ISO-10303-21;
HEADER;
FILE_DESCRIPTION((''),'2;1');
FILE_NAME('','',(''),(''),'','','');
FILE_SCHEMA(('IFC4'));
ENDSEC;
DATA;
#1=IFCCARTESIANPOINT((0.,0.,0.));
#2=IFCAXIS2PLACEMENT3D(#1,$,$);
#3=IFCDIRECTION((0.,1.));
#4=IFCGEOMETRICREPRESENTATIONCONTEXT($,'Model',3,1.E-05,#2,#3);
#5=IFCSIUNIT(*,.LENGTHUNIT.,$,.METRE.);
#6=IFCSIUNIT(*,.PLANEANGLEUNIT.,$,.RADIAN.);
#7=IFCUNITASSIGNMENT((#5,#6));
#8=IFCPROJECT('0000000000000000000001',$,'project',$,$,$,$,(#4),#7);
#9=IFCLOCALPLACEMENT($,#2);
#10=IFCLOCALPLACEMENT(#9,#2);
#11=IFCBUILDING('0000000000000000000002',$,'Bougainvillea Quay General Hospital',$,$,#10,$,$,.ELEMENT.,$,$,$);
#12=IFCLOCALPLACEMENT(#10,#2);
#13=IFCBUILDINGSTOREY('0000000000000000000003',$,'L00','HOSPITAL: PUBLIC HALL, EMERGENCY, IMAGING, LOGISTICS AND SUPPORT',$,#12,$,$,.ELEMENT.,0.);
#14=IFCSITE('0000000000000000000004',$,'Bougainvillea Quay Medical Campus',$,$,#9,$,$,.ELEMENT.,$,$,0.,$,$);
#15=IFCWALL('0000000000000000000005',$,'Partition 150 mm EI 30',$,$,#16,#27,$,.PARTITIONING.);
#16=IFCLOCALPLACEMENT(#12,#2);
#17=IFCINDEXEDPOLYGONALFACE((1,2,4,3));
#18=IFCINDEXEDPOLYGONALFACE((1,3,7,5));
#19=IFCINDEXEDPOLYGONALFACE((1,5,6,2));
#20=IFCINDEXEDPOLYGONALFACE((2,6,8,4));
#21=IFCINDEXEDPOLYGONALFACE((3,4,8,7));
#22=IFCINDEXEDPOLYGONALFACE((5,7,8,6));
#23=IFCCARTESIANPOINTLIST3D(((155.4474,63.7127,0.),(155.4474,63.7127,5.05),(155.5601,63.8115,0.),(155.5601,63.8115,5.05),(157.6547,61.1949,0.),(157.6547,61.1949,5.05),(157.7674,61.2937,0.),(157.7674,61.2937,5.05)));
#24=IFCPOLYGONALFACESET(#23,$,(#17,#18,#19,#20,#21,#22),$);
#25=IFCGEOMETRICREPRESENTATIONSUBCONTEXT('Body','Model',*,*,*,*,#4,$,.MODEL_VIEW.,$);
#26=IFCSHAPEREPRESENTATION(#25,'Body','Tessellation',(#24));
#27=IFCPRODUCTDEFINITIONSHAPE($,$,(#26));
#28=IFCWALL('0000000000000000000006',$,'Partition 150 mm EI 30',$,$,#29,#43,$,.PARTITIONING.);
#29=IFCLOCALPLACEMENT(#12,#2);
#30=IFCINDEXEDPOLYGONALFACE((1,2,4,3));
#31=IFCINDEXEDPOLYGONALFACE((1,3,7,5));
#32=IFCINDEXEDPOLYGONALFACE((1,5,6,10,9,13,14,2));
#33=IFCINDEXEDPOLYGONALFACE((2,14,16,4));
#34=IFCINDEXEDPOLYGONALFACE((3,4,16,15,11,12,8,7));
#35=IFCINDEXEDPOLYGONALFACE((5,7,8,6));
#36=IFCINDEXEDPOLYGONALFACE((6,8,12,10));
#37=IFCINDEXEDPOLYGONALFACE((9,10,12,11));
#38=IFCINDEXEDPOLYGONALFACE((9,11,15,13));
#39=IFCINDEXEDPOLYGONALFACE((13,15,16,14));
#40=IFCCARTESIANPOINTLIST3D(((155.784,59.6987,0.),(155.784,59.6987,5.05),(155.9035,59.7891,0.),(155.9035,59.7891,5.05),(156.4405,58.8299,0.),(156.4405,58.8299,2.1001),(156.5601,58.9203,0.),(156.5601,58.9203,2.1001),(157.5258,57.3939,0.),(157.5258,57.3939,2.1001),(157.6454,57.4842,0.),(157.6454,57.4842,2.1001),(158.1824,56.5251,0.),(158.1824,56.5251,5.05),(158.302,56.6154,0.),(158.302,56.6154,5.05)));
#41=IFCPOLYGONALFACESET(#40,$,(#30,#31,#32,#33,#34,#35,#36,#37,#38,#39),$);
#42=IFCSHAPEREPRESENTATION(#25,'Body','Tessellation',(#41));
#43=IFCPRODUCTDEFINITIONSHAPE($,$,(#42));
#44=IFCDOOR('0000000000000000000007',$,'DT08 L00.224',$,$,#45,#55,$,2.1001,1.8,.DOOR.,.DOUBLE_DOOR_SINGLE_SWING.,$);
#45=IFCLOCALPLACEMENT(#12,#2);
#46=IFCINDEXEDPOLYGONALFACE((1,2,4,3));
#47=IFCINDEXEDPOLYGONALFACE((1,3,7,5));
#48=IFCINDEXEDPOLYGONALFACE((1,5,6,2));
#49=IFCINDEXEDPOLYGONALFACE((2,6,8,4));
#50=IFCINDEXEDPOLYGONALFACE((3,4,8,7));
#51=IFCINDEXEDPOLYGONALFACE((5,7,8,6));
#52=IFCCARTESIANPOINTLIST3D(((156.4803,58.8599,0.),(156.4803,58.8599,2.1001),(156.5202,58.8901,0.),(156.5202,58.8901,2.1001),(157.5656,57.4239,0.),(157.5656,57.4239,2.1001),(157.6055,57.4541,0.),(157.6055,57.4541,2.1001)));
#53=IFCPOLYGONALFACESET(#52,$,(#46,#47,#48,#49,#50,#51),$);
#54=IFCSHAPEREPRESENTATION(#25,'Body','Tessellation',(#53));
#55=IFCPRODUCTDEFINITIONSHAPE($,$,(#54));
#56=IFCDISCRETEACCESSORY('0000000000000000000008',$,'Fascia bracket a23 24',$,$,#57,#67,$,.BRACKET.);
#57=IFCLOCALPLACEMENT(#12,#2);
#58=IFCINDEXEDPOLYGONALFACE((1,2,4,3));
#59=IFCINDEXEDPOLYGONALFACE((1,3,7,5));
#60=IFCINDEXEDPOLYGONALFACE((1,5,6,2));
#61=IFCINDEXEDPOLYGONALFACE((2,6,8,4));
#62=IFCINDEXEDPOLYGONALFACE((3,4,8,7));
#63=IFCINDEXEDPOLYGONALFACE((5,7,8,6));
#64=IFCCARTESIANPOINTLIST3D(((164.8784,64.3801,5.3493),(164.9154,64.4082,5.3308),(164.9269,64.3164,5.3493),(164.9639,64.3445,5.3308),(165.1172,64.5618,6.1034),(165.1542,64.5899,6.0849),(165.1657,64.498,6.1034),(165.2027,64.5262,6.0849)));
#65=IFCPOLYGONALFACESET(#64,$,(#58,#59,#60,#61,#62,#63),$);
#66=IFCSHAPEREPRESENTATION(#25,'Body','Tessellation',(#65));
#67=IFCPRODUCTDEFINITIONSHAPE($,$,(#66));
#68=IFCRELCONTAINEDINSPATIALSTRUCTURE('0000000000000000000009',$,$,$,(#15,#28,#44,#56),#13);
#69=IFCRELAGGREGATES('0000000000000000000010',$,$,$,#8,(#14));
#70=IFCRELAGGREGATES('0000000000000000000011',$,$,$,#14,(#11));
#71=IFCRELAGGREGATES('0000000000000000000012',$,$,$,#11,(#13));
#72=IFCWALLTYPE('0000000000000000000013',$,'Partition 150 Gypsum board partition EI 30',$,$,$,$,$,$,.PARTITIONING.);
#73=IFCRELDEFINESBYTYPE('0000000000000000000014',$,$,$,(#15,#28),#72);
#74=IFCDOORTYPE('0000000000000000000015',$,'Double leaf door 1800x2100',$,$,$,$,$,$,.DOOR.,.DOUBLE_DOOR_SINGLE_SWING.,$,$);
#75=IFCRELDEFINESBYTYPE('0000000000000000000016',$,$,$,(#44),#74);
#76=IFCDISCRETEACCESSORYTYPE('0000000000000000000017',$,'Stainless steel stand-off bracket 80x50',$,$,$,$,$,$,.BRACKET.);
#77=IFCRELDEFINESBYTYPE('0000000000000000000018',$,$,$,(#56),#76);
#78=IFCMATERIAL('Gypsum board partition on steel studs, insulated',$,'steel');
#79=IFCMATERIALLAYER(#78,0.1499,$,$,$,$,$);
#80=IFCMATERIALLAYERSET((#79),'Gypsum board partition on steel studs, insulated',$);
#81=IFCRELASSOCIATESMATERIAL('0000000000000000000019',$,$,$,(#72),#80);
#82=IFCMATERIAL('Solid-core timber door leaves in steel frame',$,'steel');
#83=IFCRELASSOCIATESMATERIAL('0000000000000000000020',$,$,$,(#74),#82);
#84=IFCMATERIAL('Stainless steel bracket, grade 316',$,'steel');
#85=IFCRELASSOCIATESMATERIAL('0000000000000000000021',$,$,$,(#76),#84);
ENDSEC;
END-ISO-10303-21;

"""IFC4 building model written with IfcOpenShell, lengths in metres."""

from ifc_helpers import new_model, si_unit, direction, frame, frame_2d, origin, origin_2d, place, context, subcontext, project, spatial, rectangle, extrude, material, layer, layer_set, material_profile, profile_set, type_object, element, fill, save


model = new_model("IFC4")

# Units and contexts
model_context = context("Model", 3, precision=1e-05, world=origin(), true_north=direction((0.0, 1.0)))
body_context = subcontext(model_context, "Body", "Model", "MODEL_VIEW")
ifc_project = project(units=[si_unit("LENGTHUNIT", "METRE"), si_unit("PLANEANGLEUNIT", "RADIAN")], contexts=[model_context])

# Site, building, storey
site_placement = place(None, origin())
site = spatial("IfcSite", under=ifc_project, at=site_placement, Name="Bougainvillea Quay Medical Campus", CompositionType="ELEMENT", RefElevation=0.0)
building_placement = place(site_placement, origin())
building = spatial("IfcBuilding", under=site, at=building_placement, Name="Bougainvillea Quay General Hospital", CompositionType="ELEMENT")
storey_placement = place(building_placement, origin())
storey = spatial("IfcBuildingStorey", under=building, at=storey_placement, Name="L00", Description="HOSPITAL: PUBLIC HALL, EMERGENCY, IMAGING, LOGISTICS AND SUPPORT", CompositionType="ELEMENT", Elevation=0.0)

# Shared definitions
ifc_material_1 = material(Name="Gypsum board partition on steel studs, insulated", Category="steel")
ifc_layer_1 = layer(ifc_material_1, 0.1499)
ifc_layer_set_1 = layer_set([ifc_layer_1], Name="Gypsum board partition on steel studs, insulated")
wall_type_1 = type_object("IfcWallType", Name="Partition 150 Gypsum board partition EI 30", PredefinedType="PARTITIONING", material=ifc_layer_set_1)

# Wall
wall_1_placement = place(storey_placement, frame((155.5037, 63.7622, 0.0), z_axis=(0.0, 0.0, 1.0), x_axis=(0.659212, -0.751958, 0.0)))
element("IfcWall", 1, at=wall_1_placement, inside=storey, type_object=wall_type_1, Name="Partition 150 mm EI 30", PredefinedType="PARTITIONING", context=body_context, shape_type="SweptSolid", body=[
    extrude(rectangle(XDim=3.3484, YDim=0.1499, at=frame_2d((1.6743, 0.0))), origin(), (0.0, 0.0, 1.0), 5.05),
])

# Wall, opening, door
wall_2_placement = place(storey_placement, frame((155.8438, 59.7439, 0.0), z_axis=(0.0, 0.0, 1.0), x_axis=(0.602932, -0.797793, 0.0)))
wall_2 = element("IfcWall", 2, at=wall_2_placement, inside=storey, type_object=wall_type_1, Name="Partition 150 mm EI 30", PredefinedType="PARTITIONING", context=body_context, shape_type="SweptSolid", body=[
    extrude(rectangle(XDim=3.978, YDim=0.1499, at=frame_2d((1.989, 0.0))), origin(), (0.0, 0.0, 1.0), 5.05),
])
opening_1_placement = place(wall_2_placement, frame((1.0891, 0.0, 0.0)))
opening_1 = element("IfcOpeningElement", 3, at=opening_1_placement, cuts=wall_2, PredefinedType="OPENING", context=body_context, shape_type="SweptSolid", body=[
    extrude(rectangle(XDim=1.8, YDim=2.1001, at=frame_2d((0.8999, 1.05))), frame((0.0, 0.085, 0.0), z_axis=(0.0, -1.0, 0.0), x_axis=(1.0, 0.0, 0.0)), (0.0, 0.0, 1.0), 0.1699),
])
ifc_material_2 = material(Name="Solid-core timber door leaves in steel frame", Category="steel")
door_type_1 = type_object("IfcDoorType", Name="Double leaf door 1800x2100", OperationType="DOUBLE_DOOR_SINGLE_SWING", PredefinedType="DOOR", material=ifc_material_2)
door_1_placement = place(opening_1_placement, origin())
door_1 = element("IfcDoor", 4, at=door_1_placement, inside=storey, type_object=door_type_1, Name="DT08 L00.224", OperationType="DOUBLE_DOOR_SINGLE_SWING", OverallHeight=2.1001, OverallWidth=1.8, PredefinedType="DOOR", context=body_context, shape_type="SweptSolid", body=[
    extrude(rectangle(XDim=1.8, YDim=2.1001, at=frame_2d((0.8999, 1.05))), frame((0.0, 0.0249, 0.0), z_axis=(0.0, -1.0, 0.0), x_axis=(1.0, 0.0, 0.0)), (0.0, 0.0, 1.0), 0.05),
])
fill(opening_1, door_1)

# Discrete accessory
ifc_material_3 = material(Name="Stainless steel bracket, grade 316", Category="steel")
ifc_material_profile_1 = material_profile(ifc_material_3, rectangle(XDim=0.0801, YDim=0.05, at=origin_2d()))
ifc_profile_set_1 = profile_set([ifc_material_profile_1], Name="Stainless steel bracket, grade 316")
discrete_accessory_type = type_object("IfcDiscreteAccessoryType", Name="Stainless steel stand-off bracket 80x50", PredefinedType="BRACKET", material=ifc_profile_set_1)
discrete_accessory_placement = place(storey_placement, frame((164.9211, 64.3623, 5.3401), z_axis=(0.294267, 0.223859, 0.929136), x_axis=(-0.605455, 0.79588, 0.0)))
element("IfcDiscreteAccessory", 5, at=discrete_accessory_placement, inside=storey, type_object=discrete_accessory_type, Name="Fascia bracket a23 24", PredefinedType="BRACKET", context=body_context, shape_type="SweptSolid", body=[
    extrude(rectangle(XDim=0.0801, YDim=0.05, at=origin_2d()), origin(), (0.0, 0.0, 1.0), 0.8115),
])

save(model, "model.ifc")
